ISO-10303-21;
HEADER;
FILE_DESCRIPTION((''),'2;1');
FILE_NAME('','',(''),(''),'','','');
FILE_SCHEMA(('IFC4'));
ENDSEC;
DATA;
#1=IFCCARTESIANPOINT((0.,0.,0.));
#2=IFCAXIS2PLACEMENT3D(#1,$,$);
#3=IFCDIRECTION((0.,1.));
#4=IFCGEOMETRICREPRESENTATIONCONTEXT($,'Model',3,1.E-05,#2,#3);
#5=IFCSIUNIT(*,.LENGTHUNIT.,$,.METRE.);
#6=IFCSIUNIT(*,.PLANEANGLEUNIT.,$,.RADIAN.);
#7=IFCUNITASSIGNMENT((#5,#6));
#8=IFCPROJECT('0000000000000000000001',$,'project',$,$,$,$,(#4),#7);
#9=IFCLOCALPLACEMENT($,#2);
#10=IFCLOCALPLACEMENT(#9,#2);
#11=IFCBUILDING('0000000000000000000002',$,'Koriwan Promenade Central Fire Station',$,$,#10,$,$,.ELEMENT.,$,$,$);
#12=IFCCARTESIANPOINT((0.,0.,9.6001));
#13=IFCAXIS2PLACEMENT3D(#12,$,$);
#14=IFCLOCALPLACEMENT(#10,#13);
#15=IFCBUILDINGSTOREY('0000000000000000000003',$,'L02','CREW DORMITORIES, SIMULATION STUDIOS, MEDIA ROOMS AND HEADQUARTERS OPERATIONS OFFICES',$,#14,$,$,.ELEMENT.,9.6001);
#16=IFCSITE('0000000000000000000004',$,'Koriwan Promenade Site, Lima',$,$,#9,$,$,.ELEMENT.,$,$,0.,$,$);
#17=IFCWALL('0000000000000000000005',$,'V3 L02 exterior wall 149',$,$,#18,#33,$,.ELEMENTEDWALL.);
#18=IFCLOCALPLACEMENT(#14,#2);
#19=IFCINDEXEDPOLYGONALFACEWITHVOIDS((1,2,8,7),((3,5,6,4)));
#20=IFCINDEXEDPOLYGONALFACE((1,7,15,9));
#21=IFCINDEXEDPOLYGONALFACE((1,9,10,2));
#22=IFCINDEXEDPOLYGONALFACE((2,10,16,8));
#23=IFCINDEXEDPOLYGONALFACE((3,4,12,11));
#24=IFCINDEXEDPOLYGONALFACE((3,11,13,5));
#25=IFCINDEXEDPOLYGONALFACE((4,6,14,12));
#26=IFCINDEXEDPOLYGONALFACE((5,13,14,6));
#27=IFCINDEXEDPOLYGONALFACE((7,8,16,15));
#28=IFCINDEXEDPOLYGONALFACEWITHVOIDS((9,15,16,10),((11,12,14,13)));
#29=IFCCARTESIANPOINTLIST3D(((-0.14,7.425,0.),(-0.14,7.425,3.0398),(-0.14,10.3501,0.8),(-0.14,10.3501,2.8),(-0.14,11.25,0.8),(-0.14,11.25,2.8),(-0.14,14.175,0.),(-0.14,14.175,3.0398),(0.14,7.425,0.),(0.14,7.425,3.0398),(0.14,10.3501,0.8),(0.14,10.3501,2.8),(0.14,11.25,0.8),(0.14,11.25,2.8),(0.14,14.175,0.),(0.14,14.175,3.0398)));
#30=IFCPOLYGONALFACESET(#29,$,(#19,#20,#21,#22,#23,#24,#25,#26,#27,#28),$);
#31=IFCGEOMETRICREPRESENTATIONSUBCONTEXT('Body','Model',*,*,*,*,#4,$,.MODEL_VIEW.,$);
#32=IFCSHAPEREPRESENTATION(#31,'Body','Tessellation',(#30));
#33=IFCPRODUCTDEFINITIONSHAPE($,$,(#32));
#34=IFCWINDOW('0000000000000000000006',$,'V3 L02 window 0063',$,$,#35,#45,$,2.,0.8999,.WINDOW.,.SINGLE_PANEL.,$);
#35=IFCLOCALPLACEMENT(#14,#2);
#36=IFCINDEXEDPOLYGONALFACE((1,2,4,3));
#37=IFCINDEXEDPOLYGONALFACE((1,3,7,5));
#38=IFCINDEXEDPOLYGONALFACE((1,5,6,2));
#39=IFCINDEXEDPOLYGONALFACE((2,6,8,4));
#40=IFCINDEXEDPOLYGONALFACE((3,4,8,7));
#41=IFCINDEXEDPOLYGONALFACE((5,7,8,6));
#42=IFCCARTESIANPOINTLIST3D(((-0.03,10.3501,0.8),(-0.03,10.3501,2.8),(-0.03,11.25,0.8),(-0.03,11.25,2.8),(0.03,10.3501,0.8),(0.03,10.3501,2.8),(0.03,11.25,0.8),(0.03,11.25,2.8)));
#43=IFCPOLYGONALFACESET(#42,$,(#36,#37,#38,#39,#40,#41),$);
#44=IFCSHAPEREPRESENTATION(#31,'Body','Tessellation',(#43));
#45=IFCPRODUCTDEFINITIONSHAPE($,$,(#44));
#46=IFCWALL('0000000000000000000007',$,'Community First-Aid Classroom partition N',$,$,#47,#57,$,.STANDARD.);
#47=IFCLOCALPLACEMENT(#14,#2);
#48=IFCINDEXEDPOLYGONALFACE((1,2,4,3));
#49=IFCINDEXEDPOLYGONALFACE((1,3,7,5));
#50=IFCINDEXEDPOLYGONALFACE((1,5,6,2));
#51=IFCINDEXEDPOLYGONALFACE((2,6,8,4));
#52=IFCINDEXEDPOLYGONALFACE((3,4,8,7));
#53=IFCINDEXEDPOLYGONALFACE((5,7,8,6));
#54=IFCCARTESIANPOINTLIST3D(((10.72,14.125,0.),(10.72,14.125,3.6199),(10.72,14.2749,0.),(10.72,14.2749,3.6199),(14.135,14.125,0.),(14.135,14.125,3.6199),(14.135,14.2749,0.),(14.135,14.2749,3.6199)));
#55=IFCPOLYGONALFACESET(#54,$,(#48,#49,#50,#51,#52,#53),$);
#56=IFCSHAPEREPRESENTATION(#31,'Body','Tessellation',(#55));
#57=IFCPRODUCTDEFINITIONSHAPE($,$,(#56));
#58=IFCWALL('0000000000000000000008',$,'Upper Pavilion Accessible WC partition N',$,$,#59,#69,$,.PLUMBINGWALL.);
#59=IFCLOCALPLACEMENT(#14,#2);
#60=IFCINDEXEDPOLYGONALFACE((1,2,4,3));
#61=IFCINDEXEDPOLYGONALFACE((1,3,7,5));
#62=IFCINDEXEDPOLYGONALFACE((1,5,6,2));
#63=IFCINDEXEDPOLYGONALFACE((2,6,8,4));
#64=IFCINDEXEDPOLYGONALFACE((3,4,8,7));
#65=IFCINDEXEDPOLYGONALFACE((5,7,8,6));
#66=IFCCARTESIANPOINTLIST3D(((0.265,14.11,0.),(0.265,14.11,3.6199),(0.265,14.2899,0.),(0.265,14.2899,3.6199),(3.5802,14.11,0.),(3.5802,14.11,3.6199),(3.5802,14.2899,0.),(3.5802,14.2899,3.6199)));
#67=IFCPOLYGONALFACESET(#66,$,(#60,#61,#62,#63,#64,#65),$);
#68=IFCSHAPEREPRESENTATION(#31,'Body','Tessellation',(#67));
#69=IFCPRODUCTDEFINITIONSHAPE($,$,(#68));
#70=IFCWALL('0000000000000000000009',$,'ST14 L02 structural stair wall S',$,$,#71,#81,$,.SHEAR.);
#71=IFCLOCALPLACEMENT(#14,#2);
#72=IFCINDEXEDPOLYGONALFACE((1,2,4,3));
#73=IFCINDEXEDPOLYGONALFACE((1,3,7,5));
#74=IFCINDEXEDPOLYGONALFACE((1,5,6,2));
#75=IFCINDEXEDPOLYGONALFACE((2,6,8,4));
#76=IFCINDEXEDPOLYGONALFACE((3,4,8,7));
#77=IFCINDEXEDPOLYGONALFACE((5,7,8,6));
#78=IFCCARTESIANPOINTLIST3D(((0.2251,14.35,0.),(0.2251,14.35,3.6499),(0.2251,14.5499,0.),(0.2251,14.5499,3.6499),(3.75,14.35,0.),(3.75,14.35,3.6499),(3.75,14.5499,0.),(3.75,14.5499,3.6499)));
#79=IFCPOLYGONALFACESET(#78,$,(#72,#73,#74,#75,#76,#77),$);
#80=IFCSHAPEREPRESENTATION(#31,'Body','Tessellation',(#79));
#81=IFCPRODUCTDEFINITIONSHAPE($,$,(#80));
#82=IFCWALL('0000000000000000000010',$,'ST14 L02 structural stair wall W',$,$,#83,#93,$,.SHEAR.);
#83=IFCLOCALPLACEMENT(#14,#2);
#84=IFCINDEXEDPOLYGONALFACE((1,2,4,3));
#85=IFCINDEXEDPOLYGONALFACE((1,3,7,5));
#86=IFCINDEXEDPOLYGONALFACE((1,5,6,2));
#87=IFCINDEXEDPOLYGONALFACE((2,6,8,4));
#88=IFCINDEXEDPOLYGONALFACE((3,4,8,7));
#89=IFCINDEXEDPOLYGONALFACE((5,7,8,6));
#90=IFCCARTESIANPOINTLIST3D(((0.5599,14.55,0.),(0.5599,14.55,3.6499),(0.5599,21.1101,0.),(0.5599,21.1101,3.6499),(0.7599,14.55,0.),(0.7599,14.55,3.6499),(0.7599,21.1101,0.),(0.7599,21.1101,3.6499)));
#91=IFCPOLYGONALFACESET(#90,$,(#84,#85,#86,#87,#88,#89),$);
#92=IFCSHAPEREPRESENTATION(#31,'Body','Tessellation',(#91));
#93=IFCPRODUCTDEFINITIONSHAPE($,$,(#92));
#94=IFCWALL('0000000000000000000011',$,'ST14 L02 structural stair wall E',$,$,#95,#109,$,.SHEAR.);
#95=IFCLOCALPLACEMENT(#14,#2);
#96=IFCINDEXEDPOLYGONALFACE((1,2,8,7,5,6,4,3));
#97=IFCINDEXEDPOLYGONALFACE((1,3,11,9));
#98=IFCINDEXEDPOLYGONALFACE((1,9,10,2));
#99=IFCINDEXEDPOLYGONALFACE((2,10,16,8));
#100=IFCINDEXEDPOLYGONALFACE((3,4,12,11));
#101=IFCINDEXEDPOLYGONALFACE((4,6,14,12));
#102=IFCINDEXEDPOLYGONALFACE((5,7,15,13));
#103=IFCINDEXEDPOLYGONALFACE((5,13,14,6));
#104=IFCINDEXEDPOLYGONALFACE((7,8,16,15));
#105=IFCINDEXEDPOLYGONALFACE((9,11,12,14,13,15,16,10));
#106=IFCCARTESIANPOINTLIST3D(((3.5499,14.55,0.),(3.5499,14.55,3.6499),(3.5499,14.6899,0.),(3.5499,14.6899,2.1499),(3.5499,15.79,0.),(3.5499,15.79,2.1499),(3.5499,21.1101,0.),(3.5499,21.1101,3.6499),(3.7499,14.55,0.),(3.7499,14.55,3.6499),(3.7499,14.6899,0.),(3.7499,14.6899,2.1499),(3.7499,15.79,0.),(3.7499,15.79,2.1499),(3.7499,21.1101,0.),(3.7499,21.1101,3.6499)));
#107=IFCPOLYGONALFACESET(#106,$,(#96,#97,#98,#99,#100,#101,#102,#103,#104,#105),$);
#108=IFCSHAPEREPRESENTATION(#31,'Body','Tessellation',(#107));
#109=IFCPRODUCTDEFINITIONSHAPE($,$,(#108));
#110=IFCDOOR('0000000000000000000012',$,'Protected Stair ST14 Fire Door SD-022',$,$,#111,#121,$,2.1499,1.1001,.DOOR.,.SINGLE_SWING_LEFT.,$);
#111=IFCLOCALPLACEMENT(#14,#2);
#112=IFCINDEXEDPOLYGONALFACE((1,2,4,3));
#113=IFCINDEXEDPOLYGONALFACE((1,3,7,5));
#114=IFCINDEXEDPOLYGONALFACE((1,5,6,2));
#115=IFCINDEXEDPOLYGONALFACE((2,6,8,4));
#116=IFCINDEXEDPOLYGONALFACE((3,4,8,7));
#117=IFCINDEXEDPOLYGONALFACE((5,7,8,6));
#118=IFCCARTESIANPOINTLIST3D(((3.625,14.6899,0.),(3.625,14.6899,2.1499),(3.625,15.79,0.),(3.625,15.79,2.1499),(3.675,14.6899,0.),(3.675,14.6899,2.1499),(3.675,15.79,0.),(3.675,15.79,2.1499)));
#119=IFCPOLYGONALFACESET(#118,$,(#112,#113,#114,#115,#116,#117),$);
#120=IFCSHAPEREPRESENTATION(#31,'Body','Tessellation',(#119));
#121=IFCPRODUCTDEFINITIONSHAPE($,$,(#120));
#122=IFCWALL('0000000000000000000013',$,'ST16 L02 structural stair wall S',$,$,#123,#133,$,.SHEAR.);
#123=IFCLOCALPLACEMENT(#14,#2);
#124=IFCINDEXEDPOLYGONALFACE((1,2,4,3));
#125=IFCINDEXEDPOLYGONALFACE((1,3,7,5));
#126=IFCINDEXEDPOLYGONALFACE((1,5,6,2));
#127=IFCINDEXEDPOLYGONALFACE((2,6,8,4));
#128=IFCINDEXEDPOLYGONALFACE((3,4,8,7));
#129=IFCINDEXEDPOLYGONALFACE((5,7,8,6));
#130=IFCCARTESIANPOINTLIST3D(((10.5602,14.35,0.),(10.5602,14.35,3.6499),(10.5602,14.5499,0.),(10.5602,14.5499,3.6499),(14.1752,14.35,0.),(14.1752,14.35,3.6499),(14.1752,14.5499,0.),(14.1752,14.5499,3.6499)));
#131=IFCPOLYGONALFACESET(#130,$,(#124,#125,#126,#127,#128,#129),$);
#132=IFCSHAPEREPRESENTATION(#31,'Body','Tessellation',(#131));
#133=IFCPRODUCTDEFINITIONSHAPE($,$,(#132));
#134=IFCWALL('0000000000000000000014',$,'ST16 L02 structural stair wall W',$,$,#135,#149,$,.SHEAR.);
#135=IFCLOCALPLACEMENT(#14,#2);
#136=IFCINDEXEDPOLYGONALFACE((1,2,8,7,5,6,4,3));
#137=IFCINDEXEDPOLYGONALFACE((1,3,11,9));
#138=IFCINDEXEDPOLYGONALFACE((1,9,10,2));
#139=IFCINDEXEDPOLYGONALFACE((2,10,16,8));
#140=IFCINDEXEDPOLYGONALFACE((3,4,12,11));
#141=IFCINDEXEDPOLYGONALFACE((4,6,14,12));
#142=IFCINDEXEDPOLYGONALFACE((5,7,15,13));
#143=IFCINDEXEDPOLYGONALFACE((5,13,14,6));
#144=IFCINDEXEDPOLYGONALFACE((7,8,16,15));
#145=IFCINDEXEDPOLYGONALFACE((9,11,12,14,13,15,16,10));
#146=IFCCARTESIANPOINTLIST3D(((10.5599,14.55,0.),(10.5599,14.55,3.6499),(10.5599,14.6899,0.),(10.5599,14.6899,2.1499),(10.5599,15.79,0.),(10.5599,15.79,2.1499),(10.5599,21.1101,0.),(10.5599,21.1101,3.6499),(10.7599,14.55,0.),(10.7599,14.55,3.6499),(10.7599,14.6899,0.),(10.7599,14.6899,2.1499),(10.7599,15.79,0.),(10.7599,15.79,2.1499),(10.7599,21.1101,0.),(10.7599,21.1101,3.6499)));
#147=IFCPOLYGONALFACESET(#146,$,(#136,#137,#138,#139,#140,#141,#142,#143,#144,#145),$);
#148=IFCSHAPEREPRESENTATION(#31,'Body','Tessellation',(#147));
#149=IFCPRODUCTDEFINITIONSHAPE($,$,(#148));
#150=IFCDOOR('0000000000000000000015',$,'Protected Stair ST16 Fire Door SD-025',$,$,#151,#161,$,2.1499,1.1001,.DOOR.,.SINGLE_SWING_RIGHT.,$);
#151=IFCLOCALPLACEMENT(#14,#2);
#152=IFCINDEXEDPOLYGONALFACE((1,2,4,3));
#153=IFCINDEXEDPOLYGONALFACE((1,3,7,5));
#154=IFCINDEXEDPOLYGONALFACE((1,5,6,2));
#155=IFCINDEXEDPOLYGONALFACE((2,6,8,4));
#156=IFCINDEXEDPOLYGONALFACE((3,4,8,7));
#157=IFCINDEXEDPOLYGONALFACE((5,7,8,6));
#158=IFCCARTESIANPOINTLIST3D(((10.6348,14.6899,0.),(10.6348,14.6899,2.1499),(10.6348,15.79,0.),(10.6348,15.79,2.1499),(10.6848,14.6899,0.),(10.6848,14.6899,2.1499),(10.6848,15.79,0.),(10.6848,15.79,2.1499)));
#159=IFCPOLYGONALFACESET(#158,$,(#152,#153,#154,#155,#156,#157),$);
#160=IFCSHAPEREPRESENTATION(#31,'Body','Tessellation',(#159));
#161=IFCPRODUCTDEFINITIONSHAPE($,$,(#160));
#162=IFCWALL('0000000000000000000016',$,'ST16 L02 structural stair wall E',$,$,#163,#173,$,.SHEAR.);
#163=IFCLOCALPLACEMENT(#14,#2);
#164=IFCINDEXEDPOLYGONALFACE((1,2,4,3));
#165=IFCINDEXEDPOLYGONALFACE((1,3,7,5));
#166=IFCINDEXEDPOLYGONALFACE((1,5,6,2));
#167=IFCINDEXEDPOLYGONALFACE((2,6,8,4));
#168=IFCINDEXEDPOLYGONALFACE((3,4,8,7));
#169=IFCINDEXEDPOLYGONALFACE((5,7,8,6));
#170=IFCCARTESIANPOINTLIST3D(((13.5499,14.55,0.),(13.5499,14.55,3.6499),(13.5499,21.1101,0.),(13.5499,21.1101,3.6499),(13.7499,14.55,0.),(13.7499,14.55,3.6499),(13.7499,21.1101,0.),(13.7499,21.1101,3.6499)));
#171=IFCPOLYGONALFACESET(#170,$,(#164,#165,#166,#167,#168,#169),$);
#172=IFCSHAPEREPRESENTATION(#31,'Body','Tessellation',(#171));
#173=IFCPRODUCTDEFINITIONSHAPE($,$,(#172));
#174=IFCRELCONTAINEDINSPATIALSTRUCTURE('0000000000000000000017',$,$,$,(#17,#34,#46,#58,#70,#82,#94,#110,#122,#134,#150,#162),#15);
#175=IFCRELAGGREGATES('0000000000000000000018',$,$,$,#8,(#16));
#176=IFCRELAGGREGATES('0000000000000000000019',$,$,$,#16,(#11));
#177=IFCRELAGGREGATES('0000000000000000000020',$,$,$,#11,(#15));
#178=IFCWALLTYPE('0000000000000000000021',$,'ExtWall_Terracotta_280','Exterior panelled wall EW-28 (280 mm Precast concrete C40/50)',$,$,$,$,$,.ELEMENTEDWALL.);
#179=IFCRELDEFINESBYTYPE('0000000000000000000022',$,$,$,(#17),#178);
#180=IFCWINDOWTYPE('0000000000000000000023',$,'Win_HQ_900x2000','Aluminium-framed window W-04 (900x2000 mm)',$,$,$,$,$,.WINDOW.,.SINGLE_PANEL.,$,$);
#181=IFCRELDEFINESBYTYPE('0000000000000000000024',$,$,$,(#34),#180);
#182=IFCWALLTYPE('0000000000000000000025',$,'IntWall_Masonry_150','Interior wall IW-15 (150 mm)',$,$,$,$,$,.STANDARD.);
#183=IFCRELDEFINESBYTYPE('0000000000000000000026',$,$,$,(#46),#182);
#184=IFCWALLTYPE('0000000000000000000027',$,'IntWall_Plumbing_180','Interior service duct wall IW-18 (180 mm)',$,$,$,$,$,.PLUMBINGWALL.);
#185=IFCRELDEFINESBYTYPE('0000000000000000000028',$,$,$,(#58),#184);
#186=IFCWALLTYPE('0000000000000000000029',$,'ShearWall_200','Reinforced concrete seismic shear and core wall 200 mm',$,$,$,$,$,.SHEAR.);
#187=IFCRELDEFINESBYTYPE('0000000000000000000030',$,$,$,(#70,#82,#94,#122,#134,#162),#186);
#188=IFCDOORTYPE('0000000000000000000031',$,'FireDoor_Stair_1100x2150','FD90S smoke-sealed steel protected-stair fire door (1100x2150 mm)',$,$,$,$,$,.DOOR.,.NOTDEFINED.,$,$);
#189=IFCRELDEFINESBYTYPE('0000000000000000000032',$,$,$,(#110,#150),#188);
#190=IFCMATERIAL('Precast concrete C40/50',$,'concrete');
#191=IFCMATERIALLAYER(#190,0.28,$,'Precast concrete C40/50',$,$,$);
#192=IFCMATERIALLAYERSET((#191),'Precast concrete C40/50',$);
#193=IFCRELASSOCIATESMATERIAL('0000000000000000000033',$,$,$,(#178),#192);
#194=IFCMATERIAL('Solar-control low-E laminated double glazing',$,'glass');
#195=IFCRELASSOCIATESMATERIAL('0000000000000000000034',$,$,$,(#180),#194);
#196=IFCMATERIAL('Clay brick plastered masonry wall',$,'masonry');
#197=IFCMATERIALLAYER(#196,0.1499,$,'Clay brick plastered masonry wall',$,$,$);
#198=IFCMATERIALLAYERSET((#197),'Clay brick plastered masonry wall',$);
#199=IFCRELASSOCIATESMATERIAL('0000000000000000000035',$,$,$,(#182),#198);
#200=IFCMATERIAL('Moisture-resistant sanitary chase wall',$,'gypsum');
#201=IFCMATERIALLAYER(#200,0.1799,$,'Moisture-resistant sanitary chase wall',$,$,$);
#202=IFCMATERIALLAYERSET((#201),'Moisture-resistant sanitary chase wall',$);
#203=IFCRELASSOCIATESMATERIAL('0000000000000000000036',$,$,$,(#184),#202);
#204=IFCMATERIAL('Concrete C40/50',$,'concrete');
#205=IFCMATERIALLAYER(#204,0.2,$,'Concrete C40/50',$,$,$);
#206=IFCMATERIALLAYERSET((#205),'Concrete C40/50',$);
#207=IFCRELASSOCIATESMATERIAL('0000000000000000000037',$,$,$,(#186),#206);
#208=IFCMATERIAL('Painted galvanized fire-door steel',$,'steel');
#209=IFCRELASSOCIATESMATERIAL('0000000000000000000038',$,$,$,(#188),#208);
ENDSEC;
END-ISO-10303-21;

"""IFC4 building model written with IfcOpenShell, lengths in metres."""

from ifc_helpers import new_model, si_unit, direction, frame, frame_2d, origin, place, context, subcontext, project, spatial, rectangle, extrude, material, layer, layer_set, type_object, element, fill, save


model = new_model("IFC4")

# Units and contexts
model_context = context("Model", 3, precision=1e-05, world=origin(), true_north=direction((0.0, 1.0)))
body_context = subcontext(model_context, "Body", "Model", "MODEL_VIEW")
ifc_project = project(units=[si_unit("LENGTHUNIT", "METRE"), si_unit("PLANEANGLEUNIT", "RADIAN")], contexts=[model_context])

# Site, building, storey
site_placement = place(None, origin())
site = spatial("IfcSite", under=ifc_project, at=site_placement, Name="Koriwan Promenade Site, Lima", CompositionType="ELEMENT", RefElevation=0.0)
building_placement = place(site_placement, origin())
building = spatial("IfcBuilding", under=site, at=building_placement, Name="Koriwan Promenade Central Fire Station", CompositionType="ELEMENT")
storey_placement = place(building_placement, frame((0.0, 0.0, 9.6001)))
storey = spatial("IfcBuildingStorey", under=building, at=storey_placement, Name="L02", Description="CREW DORMITORIES, SIMULATION STUDIOS, MEDIA ROOMS AND HEADQUARTERS OPERATIONS OFFICES", CompositionType="ELEMENT", Elevation=9.6001)

# Shared definitions
ifc_material_1 = material(Name="Concrete C40/50", Category="concrete")

# Shared definitions
ifc_material_2 = material(Name="Precast concrete C40/50", Category="concrete")

# Wall, opening, window
ifc_layer_1 = layer(ifc_material_2, 0.28, Name="Precast concrete C40/50")
ifc_layer_set_1 = layer_set([ifc_layer_1], Name="Precast concrete C40/50")
wall_type_1 = type_object("IfcWallType", Name="ExtWall_Terracotta_280", Description="Exterior panelled wall EW-28 (280 mm Precast concrete C40/50)", PredefinedType="ELEMENTEDWALL", material=ifc_layer_set_1)
ifc_material_3 = material(Name="Solar-control low-E laminated double glazing", Category="glass")
wall_1_placement = place(storey_placement, frame((0.0, 14.175, 0.0), z_axis=(0.0, 0.0, 1.0), x_axis=(0.0, -1.0, 0.0)))
wall_1 = element("IfcWall", 1, at=wall_1_placement, inside=storey, type_object=wall_type_1, Name="V3 L02 exterior wall 149", PredefinedType="ELEMENTEDWALL", context=body_context, shape_type="SweptSolid", body=[
    extrude(rectangle(XDim=6.75, YDim=0.28, at=frame_2d((3.375, 0.0))), origin(), (0.0, 0.0, 1.0), 3.0398),
])
opening_1_placement = place(wall_1_placement, frame((2.925, 0.0, 0.8)))
opening_1 = element("IfcOpeningElement", 2, at=opening_1_placement, cuts=wall_1, PredefinedType="OPENING", context=body_context, shape_type="SweptSolid", body=[
    extrude(rectangle(XDim=0.8999, YDim=2.0, at=frame_2d((0.45, 1.0))), frame((0.0, 0.1519, 0.0), z_axis=(0.0, -1.0, 0.0), x_axis=(1.0, 0.0, 0.0)), (0.0, 0.0, 1.0), 0.304),
])
window_type_1 = type_object("IfcWindowType", Name="Win_HQ_900x2000", Description="Aluminium-framed window W-04 (900x2000 mm)", PartitioningType="SINGLE_PANEL", PredefinedType="WINDOW", material=ifc_material_3)
window_1_placement = place(opening_1_placement, origin())
window_1 = element("IfcWindow", 3, at=window_1_placement, inside=storey, type_object=window_type_1, Name="V3 L02 window 0063", OverallHeight=2.0, OverallWidth=0.8999, PartitioningType="SINGLE_PANEL", PredefinedType="WINDOW", context=body_context, shape_type="SweptSolid", body=[
    extrude(rectangle(XDim=0.8999, YDim=2.0, at=frame_2d((0.45, 1.0))), frame((0.0, 0.03, 0.0), z_axis=(0.0, -1.0, 0.0), x_axis=(1.0, 0.0, 0.0)), (0.0, 0.0, 1.0), 0.0601),
])
fill(opening_1, window_1)

# Walls
ifc_material_4 = material(Name="Clay brick plastered masonry wall", Category="masonry")
ifc_layer_2 = layer(ifc_material_4, 0.1499, Name="Clay brick plastered masonry wall")
ifc_layer_set_2 = layer_set([ifc_layer_2], Name="Clay brick plastered masonry wall")
wall_type_2 = type_object("IfcWallType", Name="IntWall_Masonry_150", Description="Interior wall IW-15 (150 mm)", PredefinedType="STANDARD", material=ifc_layer_set_2)
wall_2_placement = place(storey_placement, frame((10.72, 14.2, 0.0), z_axis=(0.0, 0.0, 1.0), x_axis=(1.0, 0.0, 0.0)))
element("IfcWall", 4, at=wall_2_placement, inside=storey, type_object=wall_type_2, Name="Community First-Aid Classroom partition N", PredefinedType="STANDARD", context=body_context, shape_type="SweptSolid", body=[
    extrude(rectangle(XDim=3.415, YDim=0.1499, at=frame_2d((1.7075, 0.0))), origin(), (0.0, 0.0, 1.0), 3.6199),
])
ifc_material_5 = material(Name="Moisture-resistant sanitary chase wall", Category="gypsum")
ifc_layer_3 = layer(ifc_material_5, 0.1799, Name="Moisture-resistant sanitary chase wall")
ifc_layer_set_3 = layer_set([ifc_layer_3], Name="Moisture-resistant sanitary chase wall")
wall_type_3 = type_object("IfcWallType", Name="IntWall_Plumbing_180", Description="Interior service duct wall IW-18 (180 mm)", PredefinedType="PLUMBINGWALL", material=ifc_layer_set_3)
wall_3_placement = place(storey_placement, frame((0.2649, 14.2, 0.0), z_axis=(0.0, 0.0, 1.0), x_axis=(1.0, 0.0, 0.0)))
element("IfcWall", 5, at=wall_3_placement, inside=storey, type_object=wall_type_3, Name="Upper Pavilion Accessible WC partition N", PredefinedType="PLUMBINGWALL", context=body_context, shape_type="SweptSolid", body=[
    extrude(rectangle(XDim=3.3152, YDim=0.1799, at=frame_2d((1.6577, 0.0))), origin(), (0.0, 0.0, 1.0), 3.6199),
])
ifc_layer_4 = layer(ifc_material_1, 0.2, Name="Concrete C40/50")
ifc_layer_set_4 = layer_set([ifc_layer_4], Name="Concrete C40/50")
wall_type_4 = type_object("IfcWallType", Name="ShearWall_200", Description="Reinforced concrete seismic shear and core wall 200 mm", PredefinedType="SHEAR", material=ifc_layer_set_4)
wall_4_placement = place(storey_placement, frame((0.2251, 14.45, 0.0), z_axis=(0.0, 0.0, 1.0), x_axis=(1.0, 0.0, 0.0)))
element("IfcWall", 6, at=wall_4_placement, inside=storey, type_object=wall_type_4, Name="ST14 L02 structural stair wall S", PredefinedType="SHEAR", context=body_context, shape_type="SweptSolid", body=[
    extrude(rectangle(XDim=3.5249, YDim=0.2, at=frame_2d((1.7625, 0.0))), origin(), (0.0, 0.0, 1.0), 3.6499),
])
wall_5_placement = place(storey_placement, frame((0.6599, 14.55, 0.0), z_axis=(0.0, 0.0, 1.0), x_axis=(0.0, 1.0, 0.0)))
element("IfcWall", 7, at=wall_5_placement, inside=storey, type_object=wall_type_4, Name="ST14 L02 structural stair wall W", PredefinedType="SHEAR", context=body_context, shape_type="SweptSolid", body=[
    extrude(rectangle(XDim=6.5601, YDim=0.2, at=frame_2d((3.28, 0.0))), origin(), (0.0, 0.0, 1.0), 3.6499),
])

# Wall, opening, door
wall_6_placement = place(storey_placement, frame((3.6499, 14.55, 0.0), z_axis=(0.0, 0.0, 1.0), x_axis=(0.0, 1.0, 0.0)))
wall_6 = element("IfcWall", 8, at=wall_6_placement, inside=storey, type_object=wall_type_4, Name="ST14 L02 structural stair wall E", PredefinedType="SHEAR", context=body_context, shape_type="SweptSolid", body=[
    extrude(rectangle(XDim=6.5601, YDim=0.2, at=frame_2d((3.28, 0.0))), origin(), (0.0, 0.0, 1.0), 3.6499),
])
opening_2_placement = place(wall_6_placement, frame((0.1399, 0.0, 0.0)))
opening_2 = element("IfcOpeningElement", 9, at=opening_2_placement, cuts=wall_6, PredefinedType="OPENING", context=body_context, shape_type="SweptSolid", body=[
    extrude(rectangle(XDim=1.1001, YDim=2.1499, at=frame_2d((0.55, 1.075))), frame((0.0, 0.1118, 0.0), z_axis=(0.0, -1.0, 0.0), x_axis=(1.0, 0.0, 0.0)), (0.0, 0.0, 1.0), 0.2239),
])
ifc_material_6 = material(Name="Painted galvanized fire-door steel", Category="steel")
door_type = type_object("IfcDoorType", Name="FireDoor_Stair_1100x2150", Description="FD90S smoke-sealed steel protected-stair fire door (1100x2150 mm)", OperationType="NOTDEFINED", PredefinedType="DOOR", material=ifc_material_6)
door_1_placement = place(opening_2_placement, origin())
door_1 = element("IfcDoor", 10, at=door_1_placement, inside=storey, type_object=door_type, Name="Protected Stair ST14 Fire Door SD-022", OperationType="SINGLE_SWING_LEFT", OverallHeight=2.1499, OverallWidth=1.1001, PredefinedType="DOOR", context=body_context, shape_type="SweptSolid", body=[
    extrude(rectangle(XDim=1.1001, YDim=2.1499, at=frame_2d((0.55, 1.075))), frame((0.0, 0.0249, 0.0), z_axis=(0.0, -1.0, 0.0), x_axis=(1.0, 0.0, 0.0)), (0.0, 0.0, 1.0), 0.05),
])
fill(opening_2, door_1)

# Wall
wall_7_placement = place(storey_placement, frame((10.5601, 14.45, 0.0), z_axis=(0.0, 0.0, 1.0), x_axis=(1.0, 0.0, 0.0)))
element("IfcWall", 11, at=wall_7_placement, inside=storey, type_object=wall_type_4, Name="ST16 L02 structural stair wall S", PredefinedType="SHEAR", context=body_context, shape_type="SweptSolid", body=[
    extrude(rectangle(XDim=3.615, YDim=0.2, at=frame_2d((1.8076, 0.0))), origin(), (0.0, 0.0, 1.0), 3.6499),
])

# Wall, opening, door
wall_8_placement = place(storey_placement, frame((10.6599, 14.55, 0.0), z_axis=(0.0, 0.0, 1.0), x_axis=(0.0, 1.0, 0.0)))
wall_8 = element("IfcWall", 12, at=wall_8_placement, inside=storey, type_object=wall_type_4, Name="ST16 L02 structural stair wall W", PredefinedType="SHEAR", context=body_context, shape_type="SweptSolid", body=[
    extrude(rectangle(XDim=6.5601, YDim=0.2, at=frame_2d((3.28, 0.0))), origin(), (0.0, 0.0, 1.0), 3.6499),
])
opening_3_placement = place(wall_8_placement, frame((0.1399, 0.0, 0.0)))
opening_3 = element("IfcOpeningElement", 13, at=opening_3_placement, cuts=wall_8, PredefinedType="OPENING", context=body_context, shape_type="SweptSolid", body=[
    extrude(rectangle(XDim=1.1001, YDim=2.1499, at=frame_2d((0.55, 1.075))), frame((0.0, 0.1118, 0.0), z_axis=(0.0, -1.0, 0.0), x_axis=(1.0, 0.0, 0.0)), (0.0, 0.0, 1.0), 0.2239),
])
door_2_placement = place(opening_3_placement, frame((1.1001, 0.0, 0.0), z_axis=(0.0, 0.0, 1.0), x_axis=(-1.0, 0.0, 0.0)))
door_2 = element("IfcDoor", 14, at=door_2_placement, inside=storey, type_object=door_type, Name="Protected Stair ST16 Fire Door SD-025", OperationType="SINGLE_SWING_RIGHT", OverallHeight=2.1499, OverallWidth=1.1001, PredefinedType="DOOR", context=body_context, shape_type="SweptSolid", body=[
    extrude(rectangle(XDim=1.1001, YDim=2.1499, at=frame_2d((0.55, 1.075))), frame((0.0, 0.0249, 0.0), z_axis=(0.0, -1.0, 0.0), x_axis=(1.0, 0.0, 0.0)), (0.0, 0.0, 1.0), 0.05),
])
fill(opening_3, door_2)

# Wall
wall_9_placement = place(storey_placement, frame((13.6499, 14.55, 0.0), z_axis=(0.0, 0.0, 1.0), x_axis=(0.0, 1.0, 0.0)))
element("IfcWall", 15, at=wall_9_placement, inside=storey, type_object=wall_type_4, Name="ST16 L02 structural stair wall E", PredefinedType="SHEAR", context=body_context, shape_type="SweptSolid", body=[
    extrude(rectangle(XDim=6.5601, YDim=0.2, at=frame_2d((3.28, 0.0))), origin(), (0.0, 0.0, 1.0), 3.6499),
])

save(model, "model.ifc")
